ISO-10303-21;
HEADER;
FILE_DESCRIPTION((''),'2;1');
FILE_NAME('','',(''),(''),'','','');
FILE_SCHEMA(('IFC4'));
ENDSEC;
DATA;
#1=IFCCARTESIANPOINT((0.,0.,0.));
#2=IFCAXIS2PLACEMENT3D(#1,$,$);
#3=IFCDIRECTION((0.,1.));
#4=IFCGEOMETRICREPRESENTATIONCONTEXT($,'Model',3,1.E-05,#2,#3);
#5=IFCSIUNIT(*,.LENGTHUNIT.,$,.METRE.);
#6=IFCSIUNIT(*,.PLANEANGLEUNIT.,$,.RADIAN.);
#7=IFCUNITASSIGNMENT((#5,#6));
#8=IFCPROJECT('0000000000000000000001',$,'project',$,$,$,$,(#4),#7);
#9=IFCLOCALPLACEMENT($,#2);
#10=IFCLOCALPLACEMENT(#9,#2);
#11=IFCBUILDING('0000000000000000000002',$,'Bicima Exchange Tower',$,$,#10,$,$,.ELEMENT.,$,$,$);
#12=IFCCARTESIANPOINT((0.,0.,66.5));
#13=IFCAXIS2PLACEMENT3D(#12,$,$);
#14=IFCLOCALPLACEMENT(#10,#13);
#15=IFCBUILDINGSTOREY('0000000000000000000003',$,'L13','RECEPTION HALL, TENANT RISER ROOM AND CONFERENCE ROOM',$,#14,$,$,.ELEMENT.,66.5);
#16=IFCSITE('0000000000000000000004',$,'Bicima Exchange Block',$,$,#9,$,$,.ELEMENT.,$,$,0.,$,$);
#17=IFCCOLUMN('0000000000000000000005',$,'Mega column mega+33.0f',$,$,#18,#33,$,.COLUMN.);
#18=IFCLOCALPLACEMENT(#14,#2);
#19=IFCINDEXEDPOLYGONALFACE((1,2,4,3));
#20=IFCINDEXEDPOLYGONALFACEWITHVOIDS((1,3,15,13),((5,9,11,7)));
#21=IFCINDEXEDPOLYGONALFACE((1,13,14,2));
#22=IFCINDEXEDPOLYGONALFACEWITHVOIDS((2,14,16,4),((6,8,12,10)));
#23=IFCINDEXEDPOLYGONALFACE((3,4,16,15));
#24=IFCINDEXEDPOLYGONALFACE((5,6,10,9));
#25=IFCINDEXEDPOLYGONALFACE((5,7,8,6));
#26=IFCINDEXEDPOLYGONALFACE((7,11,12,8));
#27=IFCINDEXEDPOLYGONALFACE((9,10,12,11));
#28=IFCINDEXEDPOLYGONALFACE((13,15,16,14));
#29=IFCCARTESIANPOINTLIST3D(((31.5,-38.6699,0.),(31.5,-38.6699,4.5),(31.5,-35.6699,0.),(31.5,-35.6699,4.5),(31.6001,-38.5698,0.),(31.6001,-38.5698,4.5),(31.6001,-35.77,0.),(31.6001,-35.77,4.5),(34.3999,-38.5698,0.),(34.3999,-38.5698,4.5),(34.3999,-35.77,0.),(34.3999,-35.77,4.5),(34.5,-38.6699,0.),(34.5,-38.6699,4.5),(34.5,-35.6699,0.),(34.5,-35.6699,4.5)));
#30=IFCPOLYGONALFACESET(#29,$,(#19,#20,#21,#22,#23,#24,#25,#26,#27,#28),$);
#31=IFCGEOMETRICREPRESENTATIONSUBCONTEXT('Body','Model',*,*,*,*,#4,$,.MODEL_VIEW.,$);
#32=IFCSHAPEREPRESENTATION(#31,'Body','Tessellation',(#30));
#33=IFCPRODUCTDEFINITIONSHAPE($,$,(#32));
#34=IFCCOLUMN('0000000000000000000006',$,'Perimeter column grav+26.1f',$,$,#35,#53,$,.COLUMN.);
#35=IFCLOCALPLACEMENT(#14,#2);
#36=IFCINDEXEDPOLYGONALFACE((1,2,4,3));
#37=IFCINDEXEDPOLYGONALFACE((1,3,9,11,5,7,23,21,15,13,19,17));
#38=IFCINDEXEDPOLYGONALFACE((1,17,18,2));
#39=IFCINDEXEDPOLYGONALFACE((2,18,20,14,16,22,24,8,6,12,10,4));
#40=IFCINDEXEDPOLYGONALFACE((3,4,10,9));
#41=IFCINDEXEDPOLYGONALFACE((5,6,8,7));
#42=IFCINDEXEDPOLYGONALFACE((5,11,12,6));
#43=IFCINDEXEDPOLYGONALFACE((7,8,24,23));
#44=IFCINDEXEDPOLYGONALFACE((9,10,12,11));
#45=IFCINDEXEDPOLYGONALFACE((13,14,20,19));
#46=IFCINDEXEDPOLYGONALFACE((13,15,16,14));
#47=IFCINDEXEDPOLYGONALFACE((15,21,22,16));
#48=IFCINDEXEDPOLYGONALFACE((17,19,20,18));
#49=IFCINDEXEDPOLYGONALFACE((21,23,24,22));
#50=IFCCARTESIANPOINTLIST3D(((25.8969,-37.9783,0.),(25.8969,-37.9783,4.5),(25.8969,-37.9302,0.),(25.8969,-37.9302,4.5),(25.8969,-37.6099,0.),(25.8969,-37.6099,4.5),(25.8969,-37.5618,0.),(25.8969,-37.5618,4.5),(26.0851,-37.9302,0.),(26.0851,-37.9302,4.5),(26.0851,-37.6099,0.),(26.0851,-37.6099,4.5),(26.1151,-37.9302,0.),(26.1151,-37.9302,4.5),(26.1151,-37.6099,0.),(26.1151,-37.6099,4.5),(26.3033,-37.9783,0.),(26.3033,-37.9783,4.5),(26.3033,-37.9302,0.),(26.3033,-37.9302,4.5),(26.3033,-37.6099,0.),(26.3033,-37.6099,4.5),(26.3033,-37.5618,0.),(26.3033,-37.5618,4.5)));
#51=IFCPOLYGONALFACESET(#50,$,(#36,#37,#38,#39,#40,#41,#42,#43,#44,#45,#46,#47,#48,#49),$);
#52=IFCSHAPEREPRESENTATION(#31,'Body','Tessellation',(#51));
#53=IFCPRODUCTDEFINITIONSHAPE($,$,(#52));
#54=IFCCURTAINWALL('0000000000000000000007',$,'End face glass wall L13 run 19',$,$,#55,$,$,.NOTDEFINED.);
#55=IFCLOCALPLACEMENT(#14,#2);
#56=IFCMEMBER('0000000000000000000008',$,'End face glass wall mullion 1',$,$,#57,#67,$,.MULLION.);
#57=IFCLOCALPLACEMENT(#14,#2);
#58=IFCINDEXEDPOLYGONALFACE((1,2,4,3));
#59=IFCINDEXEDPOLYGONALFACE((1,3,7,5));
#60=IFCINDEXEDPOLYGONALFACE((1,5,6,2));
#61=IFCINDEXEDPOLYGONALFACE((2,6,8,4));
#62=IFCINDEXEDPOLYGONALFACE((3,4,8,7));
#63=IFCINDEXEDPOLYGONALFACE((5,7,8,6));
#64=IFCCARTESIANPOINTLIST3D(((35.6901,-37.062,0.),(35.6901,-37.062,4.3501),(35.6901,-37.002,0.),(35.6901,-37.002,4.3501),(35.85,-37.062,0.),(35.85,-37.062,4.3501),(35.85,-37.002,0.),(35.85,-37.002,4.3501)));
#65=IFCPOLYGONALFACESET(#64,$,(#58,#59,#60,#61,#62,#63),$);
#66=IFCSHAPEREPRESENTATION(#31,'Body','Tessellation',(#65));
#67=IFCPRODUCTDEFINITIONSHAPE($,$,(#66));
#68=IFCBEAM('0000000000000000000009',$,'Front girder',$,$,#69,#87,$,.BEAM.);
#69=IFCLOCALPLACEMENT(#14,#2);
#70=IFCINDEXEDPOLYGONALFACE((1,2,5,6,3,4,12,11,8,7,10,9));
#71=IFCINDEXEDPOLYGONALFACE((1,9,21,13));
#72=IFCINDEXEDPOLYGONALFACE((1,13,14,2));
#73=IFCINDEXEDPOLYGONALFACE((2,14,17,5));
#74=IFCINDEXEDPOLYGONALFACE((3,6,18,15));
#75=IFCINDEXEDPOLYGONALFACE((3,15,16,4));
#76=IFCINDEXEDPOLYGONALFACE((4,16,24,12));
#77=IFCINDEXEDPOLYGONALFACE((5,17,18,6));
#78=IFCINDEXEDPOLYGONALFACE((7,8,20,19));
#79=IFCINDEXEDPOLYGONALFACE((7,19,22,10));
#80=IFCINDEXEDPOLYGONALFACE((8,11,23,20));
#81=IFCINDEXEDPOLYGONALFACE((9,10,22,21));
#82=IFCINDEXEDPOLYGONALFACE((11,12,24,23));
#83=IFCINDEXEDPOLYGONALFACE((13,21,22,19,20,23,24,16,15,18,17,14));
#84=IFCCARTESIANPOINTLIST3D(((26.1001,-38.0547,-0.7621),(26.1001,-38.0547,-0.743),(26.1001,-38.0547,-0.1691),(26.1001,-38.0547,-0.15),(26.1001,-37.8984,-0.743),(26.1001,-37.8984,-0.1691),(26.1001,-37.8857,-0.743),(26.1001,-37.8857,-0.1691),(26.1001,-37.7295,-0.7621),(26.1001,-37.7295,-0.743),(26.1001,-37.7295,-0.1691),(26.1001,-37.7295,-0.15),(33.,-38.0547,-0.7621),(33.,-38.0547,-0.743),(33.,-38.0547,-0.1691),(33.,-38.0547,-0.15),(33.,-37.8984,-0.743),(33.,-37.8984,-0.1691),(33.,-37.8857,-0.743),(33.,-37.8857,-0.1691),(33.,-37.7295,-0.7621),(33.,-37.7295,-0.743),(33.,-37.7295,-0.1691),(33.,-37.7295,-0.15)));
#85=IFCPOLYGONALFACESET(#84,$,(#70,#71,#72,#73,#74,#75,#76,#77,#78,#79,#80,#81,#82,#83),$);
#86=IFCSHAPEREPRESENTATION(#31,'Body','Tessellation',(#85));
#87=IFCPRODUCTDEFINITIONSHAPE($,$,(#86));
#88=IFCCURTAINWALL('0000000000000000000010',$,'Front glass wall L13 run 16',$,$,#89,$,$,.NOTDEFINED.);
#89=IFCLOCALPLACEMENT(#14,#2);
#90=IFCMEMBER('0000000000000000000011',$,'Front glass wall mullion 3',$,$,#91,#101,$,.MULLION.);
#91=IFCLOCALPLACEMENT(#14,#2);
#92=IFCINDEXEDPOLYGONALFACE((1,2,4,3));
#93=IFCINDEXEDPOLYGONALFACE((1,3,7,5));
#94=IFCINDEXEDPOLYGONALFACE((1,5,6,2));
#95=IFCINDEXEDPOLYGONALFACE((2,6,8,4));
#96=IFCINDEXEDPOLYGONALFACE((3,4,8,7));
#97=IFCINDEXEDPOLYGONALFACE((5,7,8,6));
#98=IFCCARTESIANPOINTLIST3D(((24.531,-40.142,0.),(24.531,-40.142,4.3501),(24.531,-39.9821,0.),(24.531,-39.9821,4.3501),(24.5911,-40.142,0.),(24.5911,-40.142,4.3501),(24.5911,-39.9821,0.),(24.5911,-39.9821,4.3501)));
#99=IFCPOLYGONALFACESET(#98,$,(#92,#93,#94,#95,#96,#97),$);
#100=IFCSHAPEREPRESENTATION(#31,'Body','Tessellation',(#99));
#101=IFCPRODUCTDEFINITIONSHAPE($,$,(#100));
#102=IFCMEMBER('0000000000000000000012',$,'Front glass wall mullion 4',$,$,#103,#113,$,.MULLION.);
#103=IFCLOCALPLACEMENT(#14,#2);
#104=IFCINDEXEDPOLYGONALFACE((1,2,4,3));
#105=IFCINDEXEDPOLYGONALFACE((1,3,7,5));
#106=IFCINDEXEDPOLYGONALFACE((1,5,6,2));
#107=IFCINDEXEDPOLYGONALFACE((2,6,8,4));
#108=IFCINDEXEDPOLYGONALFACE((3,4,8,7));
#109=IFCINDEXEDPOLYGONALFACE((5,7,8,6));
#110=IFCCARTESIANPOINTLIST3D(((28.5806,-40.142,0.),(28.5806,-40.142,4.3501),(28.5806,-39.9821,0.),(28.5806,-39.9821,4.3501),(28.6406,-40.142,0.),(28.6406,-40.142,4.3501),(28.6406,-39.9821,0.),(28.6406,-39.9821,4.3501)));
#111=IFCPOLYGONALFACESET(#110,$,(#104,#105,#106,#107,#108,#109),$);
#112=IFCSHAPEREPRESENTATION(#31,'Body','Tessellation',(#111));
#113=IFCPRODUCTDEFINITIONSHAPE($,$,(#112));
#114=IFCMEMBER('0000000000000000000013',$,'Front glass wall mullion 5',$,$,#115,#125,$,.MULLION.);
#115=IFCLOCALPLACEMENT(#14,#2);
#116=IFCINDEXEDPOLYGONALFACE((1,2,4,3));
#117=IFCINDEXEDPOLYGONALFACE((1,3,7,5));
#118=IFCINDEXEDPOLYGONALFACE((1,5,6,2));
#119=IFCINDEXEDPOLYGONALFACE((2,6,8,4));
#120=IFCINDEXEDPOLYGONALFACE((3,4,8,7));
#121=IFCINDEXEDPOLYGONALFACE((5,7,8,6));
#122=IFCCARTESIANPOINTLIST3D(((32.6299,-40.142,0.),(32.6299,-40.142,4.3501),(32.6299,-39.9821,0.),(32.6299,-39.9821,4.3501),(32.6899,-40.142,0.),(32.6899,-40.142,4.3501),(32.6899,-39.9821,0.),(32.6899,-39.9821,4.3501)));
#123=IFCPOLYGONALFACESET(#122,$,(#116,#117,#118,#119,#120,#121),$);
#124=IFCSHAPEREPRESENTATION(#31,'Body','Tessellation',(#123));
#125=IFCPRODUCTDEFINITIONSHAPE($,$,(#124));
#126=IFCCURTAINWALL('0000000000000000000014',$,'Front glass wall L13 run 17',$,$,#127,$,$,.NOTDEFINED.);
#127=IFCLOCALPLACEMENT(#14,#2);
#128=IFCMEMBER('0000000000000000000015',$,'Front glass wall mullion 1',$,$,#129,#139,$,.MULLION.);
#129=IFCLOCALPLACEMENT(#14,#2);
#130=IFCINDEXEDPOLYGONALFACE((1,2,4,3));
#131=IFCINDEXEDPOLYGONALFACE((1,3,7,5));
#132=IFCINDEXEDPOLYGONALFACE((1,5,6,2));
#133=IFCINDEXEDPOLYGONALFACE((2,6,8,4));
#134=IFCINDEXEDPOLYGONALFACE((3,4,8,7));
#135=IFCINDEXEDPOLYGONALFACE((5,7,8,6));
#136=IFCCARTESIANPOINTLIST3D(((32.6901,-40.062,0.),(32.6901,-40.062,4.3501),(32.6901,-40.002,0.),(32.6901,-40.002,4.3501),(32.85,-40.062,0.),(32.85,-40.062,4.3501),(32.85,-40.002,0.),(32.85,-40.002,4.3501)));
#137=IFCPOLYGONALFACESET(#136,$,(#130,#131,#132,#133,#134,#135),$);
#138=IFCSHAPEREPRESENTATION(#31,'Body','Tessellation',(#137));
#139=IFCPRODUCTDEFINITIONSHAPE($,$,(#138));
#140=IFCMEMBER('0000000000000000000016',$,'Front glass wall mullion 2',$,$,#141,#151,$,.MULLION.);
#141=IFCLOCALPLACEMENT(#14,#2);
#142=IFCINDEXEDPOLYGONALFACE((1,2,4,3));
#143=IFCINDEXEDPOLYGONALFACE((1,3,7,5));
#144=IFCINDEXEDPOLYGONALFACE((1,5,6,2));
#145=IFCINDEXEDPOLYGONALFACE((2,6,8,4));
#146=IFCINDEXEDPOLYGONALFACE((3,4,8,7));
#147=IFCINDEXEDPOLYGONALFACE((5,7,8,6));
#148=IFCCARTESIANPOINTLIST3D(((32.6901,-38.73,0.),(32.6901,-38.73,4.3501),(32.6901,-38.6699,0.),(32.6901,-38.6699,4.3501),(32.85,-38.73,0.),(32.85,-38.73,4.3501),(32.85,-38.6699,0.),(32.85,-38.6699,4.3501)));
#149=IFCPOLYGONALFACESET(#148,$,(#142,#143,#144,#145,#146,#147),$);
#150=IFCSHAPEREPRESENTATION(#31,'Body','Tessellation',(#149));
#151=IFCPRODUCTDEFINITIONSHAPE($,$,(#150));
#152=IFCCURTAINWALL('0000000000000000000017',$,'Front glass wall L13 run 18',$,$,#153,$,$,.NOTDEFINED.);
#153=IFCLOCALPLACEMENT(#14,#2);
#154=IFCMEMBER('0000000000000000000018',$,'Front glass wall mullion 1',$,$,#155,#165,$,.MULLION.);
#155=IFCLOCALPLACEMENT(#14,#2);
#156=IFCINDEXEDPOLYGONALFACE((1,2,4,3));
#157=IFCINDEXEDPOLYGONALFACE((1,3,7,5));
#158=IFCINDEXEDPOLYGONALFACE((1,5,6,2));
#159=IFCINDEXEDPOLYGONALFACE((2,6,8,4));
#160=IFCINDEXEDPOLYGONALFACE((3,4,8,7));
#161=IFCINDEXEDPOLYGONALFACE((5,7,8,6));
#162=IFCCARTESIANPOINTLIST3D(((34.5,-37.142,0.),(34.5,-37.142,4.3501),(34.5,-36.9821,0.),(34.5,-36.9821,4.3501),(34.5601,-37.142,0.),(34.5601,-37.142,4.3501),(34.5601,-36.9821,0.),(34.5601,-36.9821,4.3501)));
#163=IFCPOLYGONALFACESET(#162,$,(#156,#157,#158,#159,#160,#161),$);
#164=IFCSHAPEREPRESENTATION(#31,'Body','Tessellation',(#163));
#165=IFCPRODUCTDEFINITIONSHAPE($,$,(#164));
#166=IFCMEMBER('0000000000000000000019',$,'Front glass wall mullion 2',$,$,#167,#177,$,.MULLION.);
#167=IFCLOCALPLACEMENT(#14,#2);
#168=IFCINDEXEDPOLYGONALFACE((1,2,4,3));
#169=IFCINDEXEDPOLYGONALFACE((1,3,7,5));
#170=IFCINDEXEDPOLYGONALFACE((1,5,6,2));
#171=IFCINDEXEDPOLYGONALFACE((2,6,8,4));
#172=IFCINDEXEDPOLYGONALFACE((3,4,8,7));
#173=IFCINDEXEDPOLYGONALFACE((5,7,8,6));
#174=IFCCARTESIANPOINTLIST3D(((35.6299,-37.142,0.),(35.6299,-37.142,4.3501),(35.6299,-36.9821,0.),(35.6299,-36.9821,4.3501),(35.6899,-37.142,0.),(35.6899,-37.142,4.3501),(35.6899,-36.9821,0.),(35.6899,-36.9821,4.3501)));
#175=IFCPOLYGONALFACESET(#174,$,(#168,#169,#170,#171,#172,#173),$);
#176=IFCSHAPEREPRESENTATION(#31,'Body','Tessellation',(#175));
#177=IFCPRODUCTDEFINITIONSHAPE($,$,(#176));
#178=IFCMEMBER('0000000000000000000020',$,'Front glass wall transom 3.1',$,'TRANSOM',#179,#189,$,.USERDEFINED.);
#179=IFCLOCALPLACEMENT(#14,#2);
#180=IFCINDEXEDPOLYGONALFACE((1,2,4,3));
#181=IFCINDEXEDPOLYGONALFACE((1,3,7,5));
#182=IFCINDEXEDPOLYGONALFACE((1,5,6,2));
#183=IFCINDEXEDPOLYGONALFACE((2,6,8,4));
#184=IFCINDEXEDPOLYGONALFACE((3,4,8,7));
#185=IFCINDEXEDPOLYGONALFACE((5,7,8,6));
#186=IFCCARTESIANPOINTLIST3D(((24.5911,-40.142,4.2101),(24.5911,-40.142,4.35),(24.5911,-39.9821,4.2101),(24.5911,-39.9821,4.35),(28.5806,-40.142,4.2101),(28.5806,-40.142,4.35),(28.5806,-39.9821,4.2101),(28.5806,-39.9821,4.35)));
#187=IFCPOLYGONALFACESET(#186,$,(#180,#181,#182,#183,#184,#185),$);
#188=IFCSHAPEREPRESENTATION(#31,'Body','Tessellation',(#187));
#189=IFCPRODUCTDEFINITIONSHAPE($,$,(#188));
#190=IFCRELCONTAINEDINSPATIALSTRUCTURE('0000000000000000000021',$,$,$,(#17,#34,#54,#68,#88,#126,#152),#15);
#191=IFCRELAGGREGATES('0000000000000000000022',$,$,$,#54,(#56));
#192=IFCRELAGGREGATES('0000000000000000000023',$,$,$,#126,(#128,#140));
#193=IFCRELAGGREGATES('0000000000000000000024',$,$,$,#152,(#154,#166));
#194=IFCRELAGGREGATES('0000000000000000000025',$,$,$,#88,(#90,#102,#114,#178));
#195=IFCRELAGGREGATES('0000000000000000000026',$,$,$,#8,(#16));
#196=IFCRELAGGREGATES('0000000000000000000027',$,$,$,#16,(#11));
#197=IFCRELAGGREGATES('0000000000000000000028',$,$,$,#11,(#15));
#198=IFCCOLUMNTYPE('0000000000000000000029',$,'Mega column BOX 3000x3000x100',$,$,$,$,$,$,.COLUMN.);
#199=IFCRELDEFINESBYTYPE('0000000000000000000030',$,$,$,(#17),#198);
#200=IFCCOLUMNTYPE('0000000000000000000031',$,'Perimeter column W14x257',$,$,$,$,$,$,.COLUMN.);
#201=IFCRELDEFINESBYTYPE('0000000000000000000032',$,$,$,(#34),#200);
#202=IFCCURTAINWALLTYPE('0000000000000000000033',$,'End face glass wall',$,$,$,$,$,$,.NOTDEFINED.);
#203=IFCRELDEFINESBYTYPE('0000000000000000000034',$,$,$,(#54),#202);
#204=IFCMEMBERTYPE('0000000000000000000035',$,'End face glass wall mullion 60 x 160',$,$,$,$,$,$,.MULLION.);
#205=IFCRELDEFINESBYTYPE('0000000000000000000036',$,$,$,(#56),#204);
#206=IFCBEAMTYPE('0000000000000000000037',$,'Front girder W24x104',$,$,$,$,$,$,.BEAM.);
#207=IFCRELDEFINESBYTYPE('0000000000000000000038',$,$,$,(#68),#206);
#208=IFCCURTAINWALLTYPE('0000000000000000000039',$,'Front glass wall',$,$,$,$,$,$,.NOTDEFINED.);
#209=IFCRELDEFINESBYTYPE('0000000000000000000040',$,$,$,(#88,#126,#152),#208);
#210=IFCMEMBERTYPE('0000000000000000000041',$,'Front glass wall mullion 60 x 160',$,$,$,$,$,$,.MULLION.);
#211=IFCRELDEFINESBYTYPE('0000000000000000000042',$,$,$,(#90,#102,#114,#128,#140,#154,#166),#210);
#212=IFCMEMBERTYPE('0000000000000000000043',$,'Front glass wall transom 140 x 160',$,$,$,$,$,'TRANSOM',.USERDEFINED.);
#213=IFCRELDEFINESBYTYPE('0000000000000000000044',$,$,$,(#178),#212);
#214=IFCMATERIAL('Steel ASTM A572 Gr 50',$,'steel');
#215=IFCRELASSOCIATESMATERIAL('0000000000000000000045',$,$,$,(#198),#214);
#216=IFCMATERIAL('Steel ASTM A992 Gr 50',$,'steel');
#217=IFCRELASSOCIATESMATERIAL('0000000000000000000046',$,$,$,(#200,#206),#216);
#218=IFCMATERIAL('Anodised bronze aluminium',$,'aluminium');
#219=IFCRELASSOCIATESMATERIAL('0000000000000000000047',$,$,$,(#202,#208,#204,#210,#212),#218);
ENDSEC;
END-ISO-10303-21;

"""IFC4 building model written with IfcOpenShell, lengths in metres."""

from ifc_helpers import new_model, si_unit, direction, frame, origin, origin_2d, place, context, subcontext, project, spatial, rectangle, hollow_rectangle, i_section, extrude, material, material_profile, profile_set, type_object, element, aggregate, save


model = new_model("IFC4")

# Units and contexts
model_context = context("Model", 3, precision=1e-05, world=origin(), true_north=direction((0.0, 1.0)))
body_context = subcontext(model_context, "Body", "Model", "MODEL_VIEW")
ifc_project = project(units=[si_unit("LENGTHUNIT", "METRE"), si_unit("PLANEANGLEUNIT", "RADIAN")], contexts=[model_context])

# Site, building, storey
site_placement = place(None, origin())
site = spatial("IfcSite", under=ifc_project, at=site_placement, Name="Bicima Exchange Block", CompositionType="ELEMENT", RefElevation=0.0)
building_placement = place(site_placement, origin())
building = spatial("IfcBuilding", under=site, at=building_placement, Name="Bicima Exchange Tower", CompositionType="ELEMENT")
storey_placement = place(building_placement, frame((0.0, 0.0, 66.5)))
storey = spatial("IfcBuildingStorey", under=building, at=storey_placement, Name="L13", Description="RECEPTION HALL, TENANT RISER ROOM AND CONFERENCE ROOM", CompositionType="ELEMENT", Elevation=66.5)

# Columns
ifc_material_1 = material(Name="Steel ASTM A572 Gr 50", Category="steel")
ifc_material_profile_1 = material_profile(ifc_material_1, hollow_rectangle(XDim=3.0, YDim=3.0, WallThickness=0.1001, at=origin_2d()))
ifc_profile_set_1 = profile_set([ifc_material_profile_1], Name="Steel ASTM A572 Gr 50")
column_type_1 = type_object("IfcColumnType", Name="Mega column BOX 3000x3000x100", PredefinedType="COLUMN", material=ifc_profile_set_1)
column_1_placement = place(storey_placement, frame((33.0, -37.1699, 0.0), z_axis=(0.0, 0.0, 1.0), x_axis=(1.0, 0.0, 0.0)))
element("IfcColumn", 1, at=column_1_placement, inside=storey, type_object=column_type_1, Name="Mega column mega+33.0f", PredefinedType="COLUMN", context=body_context, shape_type="SweptSolid", body=[
    extrude(hollow_rectangle(XDim=3.0, YDim=3.0, WallThickness=0.1001, at=origin_2d()), origin(), (0.0, 0.0, 1.0), 4.5),
])
ifc_material_2 = material(Name="Steel ASTM A992 Gr 50", Category="steel")
ifc_material_profile_2 = material_profile(ifc_material_2, i_section(OverallWidth=0.4065, OverallDepth=0.4165, WebThickness=0.03, FlangeThickness=0.0481, at=origin_2d()))
ifc_profile_set_2 = profile_set([ifc_material_profile_2], Name="Steel ASTM A992 Gr 50")
column_type_2 = type_object("IfcColumnType", Name="Perimeter column W14x257", PredefinedType="COLUMN", material=ifc_profile_set_2)
column_2_placement = place(storey_placement, frame((26.1001, -37.77, 0.0), z_axis=(0.0, 0.0, 1.0), x_axis=(1.0, 0.0, 0.0)))
element("IfcColumn", 2, at=column_2_placement, inside=storey, type_object=column_type_2, Name="Perimeter column grav+26.1f", PredefinedType="COLUMN", context=body_context, shape_type="SweptSolid", body=[
    extrude(i_section(OverallWidth=0.4065, OverallDepth=0.4165, WebThickness=0.03, FlangeThickness=0.0481, at=origin_2d()), origin(), (0.0, 0.0, 1.0), 4.5),
])

# Curtain wall, member
ifc_material_3 = material(Name="Anodised bronze aluminium", Category="aluminium")
curtain_wall_type_1 = type_object("IfcCurtainWallType", Name="End face glass wall", PredefinedType="NOTDEFINED", material=ifc_material_3)
curtain_wall_1_placement = place(storey_placement, origin())
curtain_wall_1 = element("IfcCurtainWall", 3, at=curtain_wall_1_placement, inside=storey, type_object=curtain_wall_type_1, Name="End face glass wall L13 run 19", PredefinedType="NOTDEFINED")
ifc_material_profile_3 = material_profile(ifc_material_3, rectangle(XDim=0.1599, YDim=0.0601, at=origin_2d()))
ifc_profile_set_3 = profile_set([ifc_material_profile_3], Name="Anodised bronze aluminium")
member_type_1 = type_object("IfcMemberType", Name="End face glass wall mullion 60 x 160", PredefinedType="MULLION", material=ifc_profile_set_3)
member_1_placement = place(storey_placement, frame((35.77, -37.032, 0.0), z_axis=(0.0, 0.0, 1.0), x_axis=(-1.0, 0.0, 0.0)))
member_1 = element("IfcMember", 4, at=member_1_placement, type_object=member_type_1, Name="End face glass wall mullion 1", PredefinedType="MULLION", context=body_context, shape_type="SweptSolid", body=[
    extrude(rectangle(XDim=0.1599, YDim=0.0601, at=origin_2d()), origin(), (0.0, 0.0, 1.0), 4.3501),
])
aggregate(curtain_wall_1, [member_1])

# Beam
ifc_material_profile_4 = material_profile(ifc_material_2, i_section(OverallWidth=0.3252, OverallDepth=0.6121, WebThickness=0.0127, FlangeThickness=0.019, at=origin_2d()))
ifc_profile_set_4 = profile_set([ifc_material_profile_4], Name="Steel ASTM A992 Gr 50")
beam_type = type_object("IfcBeamType", Name="Front girder W24x104", PredefinedType="BEAM", material=ifc_profile_set_4)
beam_placement = place(storey_placement, frame((26.1001, -37.8921, -0.4561), z_axis=(1.0, 0.0, 0.0), x_axis=(0.0, 1.0, 0.0)))
element("IfcBeam", 5, at=beam_placement, inside=storey, type_object=beam_type, Name="Front girder", PredefinedType="BEAM", context=body_context, shape_type="SweptSolid", body=[
    extrude(i_section(OverallWidth=0.3252, OverallDepth=0.6121, WebThickness=0.0127, FlangeThickness=0.019, at=origin_2d()), origin(), (0.0, 0.0, 1.0), 6.8999),
])

# Curtain walls, members
curtain_wall_type_2 = type_object("IfcCurtainWallType", Name="Front glass wall", PredefinedType="NOTDEFINED", material=ifc_material_3)
curtain_wall_2_placement = place(storey_placement, origin())
curtain_wall_2 = element("IfcCurtainWall", 6, at=curtain_wall_2_placement, inside=storey, type_object=curtain_wall_type_2, Name="Front glass wall L13 run 16", PredefinedType="NOTDEFINED")
member_type_2 = type_object("IfcMemberType", Name="Front glass wall mullion 60 x 160", PredefinedType="MULLION", material=ifc_profile_set_3)
member_2_placement = place(storey_placement, frame((24.561, -40.062, 0.0), z_axis=(0.0, 0.0, 1.0), x_axis=(0.0, 1.0, 0.0)))
member_2 = element("IfcMember", 7, at=member_2_placement, type_object=member_type_2, Name="Front glass wall mullion 3", PredefinedType="MULLION", context=body_context, shape_type="SweptSolid", body=[
    extrude(rectangle(XDim=0.1599, YDim=0.0601, at=origin_2d()), origin(), (0.0, 0.0, 1.0), 4.3501),
])
member_3_placement = place(storey_placement, frame((28.6106, -40.062, 0.0), z_axis=(0.0, 0.0, 1.0), x_axis=(0.0, 1.0, 0.0)))
member_3 = element("IfcMember", 8, at=member_3_placement, type_object=member_type_2, Name="Front glass wall mullion 4", PredefinedType="MULLION", context=body_context, shape_type="SweptSolid", body=[
    extrude(rectangle(XDim=0.1599, YDim=0.0601, at=origin_2d()), origin(), (0.0, 0.0, 1.0), 4.3501),
])
member_4_placement = place(storey_placement, frame((32.6599, -40.062, 0.0), z_axis=(0.0, 0.0, 1.0), x_axis=(0.0, 1.0, 0.0)))
member_4 = element("IfcMember", 9, at=member_4_placement, type_object=member_type_2, Name="Front glass wall mullion 5", PredefinedType="MULLION", context=body_context, shape_type="SweptSolid", body=[
    extrude(rectangle(XDim=0.1599, YDim=0.0601, at=origin_2d()), origin(), (0.0, 0.0, 1.0), 4.3501),
])
curtain_wall_3_placement = place(storey_placement, origin())
curtain_wall_3 = element("IfcCurtainWall", 10, at=curtain_wall_3_placement, inside=storey, type_object=curtain_wall_type_2, Name="Front glass wall L13 run 17", PredefinedType="NOTDEFINED")
member_5_placement = place(storey_placement, frame((32.77, -40.032, 0.0), z_axis=(0.0, 0.0, 1.0), x_axis=(-1.0, 0.0, 0.0)))
member_5 = element("IfcMember", 11, at=member_5_placement, type_object=member_type_2, Name="Front glass wall mullion 1", PredefinedType="MULLION", context=body_context, shape_type="SweptSolid", body=[
    extrude(rectangle(XDim=0.1599, YDim=0.0601, at=origin_2d()), origin(), (0.0, 0.0, 1.0), 4.3501),
])
member_6_placement = place(storey_placement, frame((32.77, -38.7, 0.0), z_axis=(0.0, 0.0, 1.0), x_axis=(-1.0, 0.0, 0.0)))
member_6 = element("IfcMember", 12, at=member_6_placement, type_object=member_type_2, Name="Front glass wall mullion 2", PredefinedType="MULLION", context=body_context, shape_type="SweptSolid", body=[
    extrude(rectangle(XDim=0.1599, YDim=0.0601, at=origin_2d()), origin(), (0.0, 0.0, 1.0), 4.3501),
])
curtain_wall_4_placement = place(storey_placement, origin())
curtain_wall_4 = element("IfcCurtainWall", 13, at=curtain_wall_4_placement, inside=storey, type_object=curtain_wall_type_2, Name="Front glass wall L13 run 18", PredefinedType="NOTDEFINED")
member_7_placement = place(storey_placement, frame((34.53, -37.062, 0.0), z_axis=(0.0, 0.0, 1.0), x_axis=(0.0, 1.0, 0.0)))
member_7 = element("IfcMember", 14, at=member_7_placement, type_object=member_type_2, Name="Front glass wall mullion 1", PredefinedType="MULLION", context=body_context, shape_type="SweptSolid", body=[
    extrude(rectangle(XDim=0.1599, YDim=0.0601, at=origin_2d()), origin(), (0.0, 0.0, 1.0), 4.3501),
])
member_8_placement = place(storey_placement, frame((35.6599, -37.062, 0.0), z_axis=(0.0, 0.0, 1.0), x_axis=(0.0, 1.0, 0.0)))
member_8 = element("IfcMember", 15, at=member_8_placement, type_object=member_type_2, Name="Front glass wall mullion 2", PredefinedType="MULLION", context=body_context, shape_type="SweptSolid", body=[
    extrude(rectangle(XDim=0.1599, YDim=0.0601, at=origin_2d()), origin(), (0.0, 0.0, 1.0), 4.3501),
])

# Member
ifc_material_profile_5 = material_profile(ifc_material_3, rectangle(XDim=0.1599, YDim=0.1399, at=origin_2d()))
ifc_profile_set_5 = profile_set([ifc_material_profile_5], Name="Anodised bronze aluminium")
member_type_3 = type_object("IfcMemberType", Name="Front glass wall transom 140 x 160", ElementType="TRANSOM", PredefinedType="USERDEFINED", material=ifc_profile_set_5)
member_9_placement = place(storey_placement, frame((24.5911, -40.062, 4.28), z_axis=(1.0, 0.0, 0.0), x_axis=(0.0, 1.0, 0.0)))
member_9 = element("IfcMember", 16, at=member_9_placement, type_object=member_type_3, Name="Front glass wall transom 3.1", ObjectType="TRANSOM", PredefinedType="USERDEFINED", context=body_context, shape_type="SweptSolid", body=[
    extrude(rectangle(XDim=0.1599, YDim=0.1399, at=origin_2d()), origin(), (0.0, 0.0, 1.0), 3.9895),
])

aggregate(curtain_wall_3, [member_5, member_6])
aggregate(curtain_wall_4, [member_7, member_8])
aggregate(curtain_wall_2, [member_2, member_3, member_4, member_9])

save(model, "model.ifc")
